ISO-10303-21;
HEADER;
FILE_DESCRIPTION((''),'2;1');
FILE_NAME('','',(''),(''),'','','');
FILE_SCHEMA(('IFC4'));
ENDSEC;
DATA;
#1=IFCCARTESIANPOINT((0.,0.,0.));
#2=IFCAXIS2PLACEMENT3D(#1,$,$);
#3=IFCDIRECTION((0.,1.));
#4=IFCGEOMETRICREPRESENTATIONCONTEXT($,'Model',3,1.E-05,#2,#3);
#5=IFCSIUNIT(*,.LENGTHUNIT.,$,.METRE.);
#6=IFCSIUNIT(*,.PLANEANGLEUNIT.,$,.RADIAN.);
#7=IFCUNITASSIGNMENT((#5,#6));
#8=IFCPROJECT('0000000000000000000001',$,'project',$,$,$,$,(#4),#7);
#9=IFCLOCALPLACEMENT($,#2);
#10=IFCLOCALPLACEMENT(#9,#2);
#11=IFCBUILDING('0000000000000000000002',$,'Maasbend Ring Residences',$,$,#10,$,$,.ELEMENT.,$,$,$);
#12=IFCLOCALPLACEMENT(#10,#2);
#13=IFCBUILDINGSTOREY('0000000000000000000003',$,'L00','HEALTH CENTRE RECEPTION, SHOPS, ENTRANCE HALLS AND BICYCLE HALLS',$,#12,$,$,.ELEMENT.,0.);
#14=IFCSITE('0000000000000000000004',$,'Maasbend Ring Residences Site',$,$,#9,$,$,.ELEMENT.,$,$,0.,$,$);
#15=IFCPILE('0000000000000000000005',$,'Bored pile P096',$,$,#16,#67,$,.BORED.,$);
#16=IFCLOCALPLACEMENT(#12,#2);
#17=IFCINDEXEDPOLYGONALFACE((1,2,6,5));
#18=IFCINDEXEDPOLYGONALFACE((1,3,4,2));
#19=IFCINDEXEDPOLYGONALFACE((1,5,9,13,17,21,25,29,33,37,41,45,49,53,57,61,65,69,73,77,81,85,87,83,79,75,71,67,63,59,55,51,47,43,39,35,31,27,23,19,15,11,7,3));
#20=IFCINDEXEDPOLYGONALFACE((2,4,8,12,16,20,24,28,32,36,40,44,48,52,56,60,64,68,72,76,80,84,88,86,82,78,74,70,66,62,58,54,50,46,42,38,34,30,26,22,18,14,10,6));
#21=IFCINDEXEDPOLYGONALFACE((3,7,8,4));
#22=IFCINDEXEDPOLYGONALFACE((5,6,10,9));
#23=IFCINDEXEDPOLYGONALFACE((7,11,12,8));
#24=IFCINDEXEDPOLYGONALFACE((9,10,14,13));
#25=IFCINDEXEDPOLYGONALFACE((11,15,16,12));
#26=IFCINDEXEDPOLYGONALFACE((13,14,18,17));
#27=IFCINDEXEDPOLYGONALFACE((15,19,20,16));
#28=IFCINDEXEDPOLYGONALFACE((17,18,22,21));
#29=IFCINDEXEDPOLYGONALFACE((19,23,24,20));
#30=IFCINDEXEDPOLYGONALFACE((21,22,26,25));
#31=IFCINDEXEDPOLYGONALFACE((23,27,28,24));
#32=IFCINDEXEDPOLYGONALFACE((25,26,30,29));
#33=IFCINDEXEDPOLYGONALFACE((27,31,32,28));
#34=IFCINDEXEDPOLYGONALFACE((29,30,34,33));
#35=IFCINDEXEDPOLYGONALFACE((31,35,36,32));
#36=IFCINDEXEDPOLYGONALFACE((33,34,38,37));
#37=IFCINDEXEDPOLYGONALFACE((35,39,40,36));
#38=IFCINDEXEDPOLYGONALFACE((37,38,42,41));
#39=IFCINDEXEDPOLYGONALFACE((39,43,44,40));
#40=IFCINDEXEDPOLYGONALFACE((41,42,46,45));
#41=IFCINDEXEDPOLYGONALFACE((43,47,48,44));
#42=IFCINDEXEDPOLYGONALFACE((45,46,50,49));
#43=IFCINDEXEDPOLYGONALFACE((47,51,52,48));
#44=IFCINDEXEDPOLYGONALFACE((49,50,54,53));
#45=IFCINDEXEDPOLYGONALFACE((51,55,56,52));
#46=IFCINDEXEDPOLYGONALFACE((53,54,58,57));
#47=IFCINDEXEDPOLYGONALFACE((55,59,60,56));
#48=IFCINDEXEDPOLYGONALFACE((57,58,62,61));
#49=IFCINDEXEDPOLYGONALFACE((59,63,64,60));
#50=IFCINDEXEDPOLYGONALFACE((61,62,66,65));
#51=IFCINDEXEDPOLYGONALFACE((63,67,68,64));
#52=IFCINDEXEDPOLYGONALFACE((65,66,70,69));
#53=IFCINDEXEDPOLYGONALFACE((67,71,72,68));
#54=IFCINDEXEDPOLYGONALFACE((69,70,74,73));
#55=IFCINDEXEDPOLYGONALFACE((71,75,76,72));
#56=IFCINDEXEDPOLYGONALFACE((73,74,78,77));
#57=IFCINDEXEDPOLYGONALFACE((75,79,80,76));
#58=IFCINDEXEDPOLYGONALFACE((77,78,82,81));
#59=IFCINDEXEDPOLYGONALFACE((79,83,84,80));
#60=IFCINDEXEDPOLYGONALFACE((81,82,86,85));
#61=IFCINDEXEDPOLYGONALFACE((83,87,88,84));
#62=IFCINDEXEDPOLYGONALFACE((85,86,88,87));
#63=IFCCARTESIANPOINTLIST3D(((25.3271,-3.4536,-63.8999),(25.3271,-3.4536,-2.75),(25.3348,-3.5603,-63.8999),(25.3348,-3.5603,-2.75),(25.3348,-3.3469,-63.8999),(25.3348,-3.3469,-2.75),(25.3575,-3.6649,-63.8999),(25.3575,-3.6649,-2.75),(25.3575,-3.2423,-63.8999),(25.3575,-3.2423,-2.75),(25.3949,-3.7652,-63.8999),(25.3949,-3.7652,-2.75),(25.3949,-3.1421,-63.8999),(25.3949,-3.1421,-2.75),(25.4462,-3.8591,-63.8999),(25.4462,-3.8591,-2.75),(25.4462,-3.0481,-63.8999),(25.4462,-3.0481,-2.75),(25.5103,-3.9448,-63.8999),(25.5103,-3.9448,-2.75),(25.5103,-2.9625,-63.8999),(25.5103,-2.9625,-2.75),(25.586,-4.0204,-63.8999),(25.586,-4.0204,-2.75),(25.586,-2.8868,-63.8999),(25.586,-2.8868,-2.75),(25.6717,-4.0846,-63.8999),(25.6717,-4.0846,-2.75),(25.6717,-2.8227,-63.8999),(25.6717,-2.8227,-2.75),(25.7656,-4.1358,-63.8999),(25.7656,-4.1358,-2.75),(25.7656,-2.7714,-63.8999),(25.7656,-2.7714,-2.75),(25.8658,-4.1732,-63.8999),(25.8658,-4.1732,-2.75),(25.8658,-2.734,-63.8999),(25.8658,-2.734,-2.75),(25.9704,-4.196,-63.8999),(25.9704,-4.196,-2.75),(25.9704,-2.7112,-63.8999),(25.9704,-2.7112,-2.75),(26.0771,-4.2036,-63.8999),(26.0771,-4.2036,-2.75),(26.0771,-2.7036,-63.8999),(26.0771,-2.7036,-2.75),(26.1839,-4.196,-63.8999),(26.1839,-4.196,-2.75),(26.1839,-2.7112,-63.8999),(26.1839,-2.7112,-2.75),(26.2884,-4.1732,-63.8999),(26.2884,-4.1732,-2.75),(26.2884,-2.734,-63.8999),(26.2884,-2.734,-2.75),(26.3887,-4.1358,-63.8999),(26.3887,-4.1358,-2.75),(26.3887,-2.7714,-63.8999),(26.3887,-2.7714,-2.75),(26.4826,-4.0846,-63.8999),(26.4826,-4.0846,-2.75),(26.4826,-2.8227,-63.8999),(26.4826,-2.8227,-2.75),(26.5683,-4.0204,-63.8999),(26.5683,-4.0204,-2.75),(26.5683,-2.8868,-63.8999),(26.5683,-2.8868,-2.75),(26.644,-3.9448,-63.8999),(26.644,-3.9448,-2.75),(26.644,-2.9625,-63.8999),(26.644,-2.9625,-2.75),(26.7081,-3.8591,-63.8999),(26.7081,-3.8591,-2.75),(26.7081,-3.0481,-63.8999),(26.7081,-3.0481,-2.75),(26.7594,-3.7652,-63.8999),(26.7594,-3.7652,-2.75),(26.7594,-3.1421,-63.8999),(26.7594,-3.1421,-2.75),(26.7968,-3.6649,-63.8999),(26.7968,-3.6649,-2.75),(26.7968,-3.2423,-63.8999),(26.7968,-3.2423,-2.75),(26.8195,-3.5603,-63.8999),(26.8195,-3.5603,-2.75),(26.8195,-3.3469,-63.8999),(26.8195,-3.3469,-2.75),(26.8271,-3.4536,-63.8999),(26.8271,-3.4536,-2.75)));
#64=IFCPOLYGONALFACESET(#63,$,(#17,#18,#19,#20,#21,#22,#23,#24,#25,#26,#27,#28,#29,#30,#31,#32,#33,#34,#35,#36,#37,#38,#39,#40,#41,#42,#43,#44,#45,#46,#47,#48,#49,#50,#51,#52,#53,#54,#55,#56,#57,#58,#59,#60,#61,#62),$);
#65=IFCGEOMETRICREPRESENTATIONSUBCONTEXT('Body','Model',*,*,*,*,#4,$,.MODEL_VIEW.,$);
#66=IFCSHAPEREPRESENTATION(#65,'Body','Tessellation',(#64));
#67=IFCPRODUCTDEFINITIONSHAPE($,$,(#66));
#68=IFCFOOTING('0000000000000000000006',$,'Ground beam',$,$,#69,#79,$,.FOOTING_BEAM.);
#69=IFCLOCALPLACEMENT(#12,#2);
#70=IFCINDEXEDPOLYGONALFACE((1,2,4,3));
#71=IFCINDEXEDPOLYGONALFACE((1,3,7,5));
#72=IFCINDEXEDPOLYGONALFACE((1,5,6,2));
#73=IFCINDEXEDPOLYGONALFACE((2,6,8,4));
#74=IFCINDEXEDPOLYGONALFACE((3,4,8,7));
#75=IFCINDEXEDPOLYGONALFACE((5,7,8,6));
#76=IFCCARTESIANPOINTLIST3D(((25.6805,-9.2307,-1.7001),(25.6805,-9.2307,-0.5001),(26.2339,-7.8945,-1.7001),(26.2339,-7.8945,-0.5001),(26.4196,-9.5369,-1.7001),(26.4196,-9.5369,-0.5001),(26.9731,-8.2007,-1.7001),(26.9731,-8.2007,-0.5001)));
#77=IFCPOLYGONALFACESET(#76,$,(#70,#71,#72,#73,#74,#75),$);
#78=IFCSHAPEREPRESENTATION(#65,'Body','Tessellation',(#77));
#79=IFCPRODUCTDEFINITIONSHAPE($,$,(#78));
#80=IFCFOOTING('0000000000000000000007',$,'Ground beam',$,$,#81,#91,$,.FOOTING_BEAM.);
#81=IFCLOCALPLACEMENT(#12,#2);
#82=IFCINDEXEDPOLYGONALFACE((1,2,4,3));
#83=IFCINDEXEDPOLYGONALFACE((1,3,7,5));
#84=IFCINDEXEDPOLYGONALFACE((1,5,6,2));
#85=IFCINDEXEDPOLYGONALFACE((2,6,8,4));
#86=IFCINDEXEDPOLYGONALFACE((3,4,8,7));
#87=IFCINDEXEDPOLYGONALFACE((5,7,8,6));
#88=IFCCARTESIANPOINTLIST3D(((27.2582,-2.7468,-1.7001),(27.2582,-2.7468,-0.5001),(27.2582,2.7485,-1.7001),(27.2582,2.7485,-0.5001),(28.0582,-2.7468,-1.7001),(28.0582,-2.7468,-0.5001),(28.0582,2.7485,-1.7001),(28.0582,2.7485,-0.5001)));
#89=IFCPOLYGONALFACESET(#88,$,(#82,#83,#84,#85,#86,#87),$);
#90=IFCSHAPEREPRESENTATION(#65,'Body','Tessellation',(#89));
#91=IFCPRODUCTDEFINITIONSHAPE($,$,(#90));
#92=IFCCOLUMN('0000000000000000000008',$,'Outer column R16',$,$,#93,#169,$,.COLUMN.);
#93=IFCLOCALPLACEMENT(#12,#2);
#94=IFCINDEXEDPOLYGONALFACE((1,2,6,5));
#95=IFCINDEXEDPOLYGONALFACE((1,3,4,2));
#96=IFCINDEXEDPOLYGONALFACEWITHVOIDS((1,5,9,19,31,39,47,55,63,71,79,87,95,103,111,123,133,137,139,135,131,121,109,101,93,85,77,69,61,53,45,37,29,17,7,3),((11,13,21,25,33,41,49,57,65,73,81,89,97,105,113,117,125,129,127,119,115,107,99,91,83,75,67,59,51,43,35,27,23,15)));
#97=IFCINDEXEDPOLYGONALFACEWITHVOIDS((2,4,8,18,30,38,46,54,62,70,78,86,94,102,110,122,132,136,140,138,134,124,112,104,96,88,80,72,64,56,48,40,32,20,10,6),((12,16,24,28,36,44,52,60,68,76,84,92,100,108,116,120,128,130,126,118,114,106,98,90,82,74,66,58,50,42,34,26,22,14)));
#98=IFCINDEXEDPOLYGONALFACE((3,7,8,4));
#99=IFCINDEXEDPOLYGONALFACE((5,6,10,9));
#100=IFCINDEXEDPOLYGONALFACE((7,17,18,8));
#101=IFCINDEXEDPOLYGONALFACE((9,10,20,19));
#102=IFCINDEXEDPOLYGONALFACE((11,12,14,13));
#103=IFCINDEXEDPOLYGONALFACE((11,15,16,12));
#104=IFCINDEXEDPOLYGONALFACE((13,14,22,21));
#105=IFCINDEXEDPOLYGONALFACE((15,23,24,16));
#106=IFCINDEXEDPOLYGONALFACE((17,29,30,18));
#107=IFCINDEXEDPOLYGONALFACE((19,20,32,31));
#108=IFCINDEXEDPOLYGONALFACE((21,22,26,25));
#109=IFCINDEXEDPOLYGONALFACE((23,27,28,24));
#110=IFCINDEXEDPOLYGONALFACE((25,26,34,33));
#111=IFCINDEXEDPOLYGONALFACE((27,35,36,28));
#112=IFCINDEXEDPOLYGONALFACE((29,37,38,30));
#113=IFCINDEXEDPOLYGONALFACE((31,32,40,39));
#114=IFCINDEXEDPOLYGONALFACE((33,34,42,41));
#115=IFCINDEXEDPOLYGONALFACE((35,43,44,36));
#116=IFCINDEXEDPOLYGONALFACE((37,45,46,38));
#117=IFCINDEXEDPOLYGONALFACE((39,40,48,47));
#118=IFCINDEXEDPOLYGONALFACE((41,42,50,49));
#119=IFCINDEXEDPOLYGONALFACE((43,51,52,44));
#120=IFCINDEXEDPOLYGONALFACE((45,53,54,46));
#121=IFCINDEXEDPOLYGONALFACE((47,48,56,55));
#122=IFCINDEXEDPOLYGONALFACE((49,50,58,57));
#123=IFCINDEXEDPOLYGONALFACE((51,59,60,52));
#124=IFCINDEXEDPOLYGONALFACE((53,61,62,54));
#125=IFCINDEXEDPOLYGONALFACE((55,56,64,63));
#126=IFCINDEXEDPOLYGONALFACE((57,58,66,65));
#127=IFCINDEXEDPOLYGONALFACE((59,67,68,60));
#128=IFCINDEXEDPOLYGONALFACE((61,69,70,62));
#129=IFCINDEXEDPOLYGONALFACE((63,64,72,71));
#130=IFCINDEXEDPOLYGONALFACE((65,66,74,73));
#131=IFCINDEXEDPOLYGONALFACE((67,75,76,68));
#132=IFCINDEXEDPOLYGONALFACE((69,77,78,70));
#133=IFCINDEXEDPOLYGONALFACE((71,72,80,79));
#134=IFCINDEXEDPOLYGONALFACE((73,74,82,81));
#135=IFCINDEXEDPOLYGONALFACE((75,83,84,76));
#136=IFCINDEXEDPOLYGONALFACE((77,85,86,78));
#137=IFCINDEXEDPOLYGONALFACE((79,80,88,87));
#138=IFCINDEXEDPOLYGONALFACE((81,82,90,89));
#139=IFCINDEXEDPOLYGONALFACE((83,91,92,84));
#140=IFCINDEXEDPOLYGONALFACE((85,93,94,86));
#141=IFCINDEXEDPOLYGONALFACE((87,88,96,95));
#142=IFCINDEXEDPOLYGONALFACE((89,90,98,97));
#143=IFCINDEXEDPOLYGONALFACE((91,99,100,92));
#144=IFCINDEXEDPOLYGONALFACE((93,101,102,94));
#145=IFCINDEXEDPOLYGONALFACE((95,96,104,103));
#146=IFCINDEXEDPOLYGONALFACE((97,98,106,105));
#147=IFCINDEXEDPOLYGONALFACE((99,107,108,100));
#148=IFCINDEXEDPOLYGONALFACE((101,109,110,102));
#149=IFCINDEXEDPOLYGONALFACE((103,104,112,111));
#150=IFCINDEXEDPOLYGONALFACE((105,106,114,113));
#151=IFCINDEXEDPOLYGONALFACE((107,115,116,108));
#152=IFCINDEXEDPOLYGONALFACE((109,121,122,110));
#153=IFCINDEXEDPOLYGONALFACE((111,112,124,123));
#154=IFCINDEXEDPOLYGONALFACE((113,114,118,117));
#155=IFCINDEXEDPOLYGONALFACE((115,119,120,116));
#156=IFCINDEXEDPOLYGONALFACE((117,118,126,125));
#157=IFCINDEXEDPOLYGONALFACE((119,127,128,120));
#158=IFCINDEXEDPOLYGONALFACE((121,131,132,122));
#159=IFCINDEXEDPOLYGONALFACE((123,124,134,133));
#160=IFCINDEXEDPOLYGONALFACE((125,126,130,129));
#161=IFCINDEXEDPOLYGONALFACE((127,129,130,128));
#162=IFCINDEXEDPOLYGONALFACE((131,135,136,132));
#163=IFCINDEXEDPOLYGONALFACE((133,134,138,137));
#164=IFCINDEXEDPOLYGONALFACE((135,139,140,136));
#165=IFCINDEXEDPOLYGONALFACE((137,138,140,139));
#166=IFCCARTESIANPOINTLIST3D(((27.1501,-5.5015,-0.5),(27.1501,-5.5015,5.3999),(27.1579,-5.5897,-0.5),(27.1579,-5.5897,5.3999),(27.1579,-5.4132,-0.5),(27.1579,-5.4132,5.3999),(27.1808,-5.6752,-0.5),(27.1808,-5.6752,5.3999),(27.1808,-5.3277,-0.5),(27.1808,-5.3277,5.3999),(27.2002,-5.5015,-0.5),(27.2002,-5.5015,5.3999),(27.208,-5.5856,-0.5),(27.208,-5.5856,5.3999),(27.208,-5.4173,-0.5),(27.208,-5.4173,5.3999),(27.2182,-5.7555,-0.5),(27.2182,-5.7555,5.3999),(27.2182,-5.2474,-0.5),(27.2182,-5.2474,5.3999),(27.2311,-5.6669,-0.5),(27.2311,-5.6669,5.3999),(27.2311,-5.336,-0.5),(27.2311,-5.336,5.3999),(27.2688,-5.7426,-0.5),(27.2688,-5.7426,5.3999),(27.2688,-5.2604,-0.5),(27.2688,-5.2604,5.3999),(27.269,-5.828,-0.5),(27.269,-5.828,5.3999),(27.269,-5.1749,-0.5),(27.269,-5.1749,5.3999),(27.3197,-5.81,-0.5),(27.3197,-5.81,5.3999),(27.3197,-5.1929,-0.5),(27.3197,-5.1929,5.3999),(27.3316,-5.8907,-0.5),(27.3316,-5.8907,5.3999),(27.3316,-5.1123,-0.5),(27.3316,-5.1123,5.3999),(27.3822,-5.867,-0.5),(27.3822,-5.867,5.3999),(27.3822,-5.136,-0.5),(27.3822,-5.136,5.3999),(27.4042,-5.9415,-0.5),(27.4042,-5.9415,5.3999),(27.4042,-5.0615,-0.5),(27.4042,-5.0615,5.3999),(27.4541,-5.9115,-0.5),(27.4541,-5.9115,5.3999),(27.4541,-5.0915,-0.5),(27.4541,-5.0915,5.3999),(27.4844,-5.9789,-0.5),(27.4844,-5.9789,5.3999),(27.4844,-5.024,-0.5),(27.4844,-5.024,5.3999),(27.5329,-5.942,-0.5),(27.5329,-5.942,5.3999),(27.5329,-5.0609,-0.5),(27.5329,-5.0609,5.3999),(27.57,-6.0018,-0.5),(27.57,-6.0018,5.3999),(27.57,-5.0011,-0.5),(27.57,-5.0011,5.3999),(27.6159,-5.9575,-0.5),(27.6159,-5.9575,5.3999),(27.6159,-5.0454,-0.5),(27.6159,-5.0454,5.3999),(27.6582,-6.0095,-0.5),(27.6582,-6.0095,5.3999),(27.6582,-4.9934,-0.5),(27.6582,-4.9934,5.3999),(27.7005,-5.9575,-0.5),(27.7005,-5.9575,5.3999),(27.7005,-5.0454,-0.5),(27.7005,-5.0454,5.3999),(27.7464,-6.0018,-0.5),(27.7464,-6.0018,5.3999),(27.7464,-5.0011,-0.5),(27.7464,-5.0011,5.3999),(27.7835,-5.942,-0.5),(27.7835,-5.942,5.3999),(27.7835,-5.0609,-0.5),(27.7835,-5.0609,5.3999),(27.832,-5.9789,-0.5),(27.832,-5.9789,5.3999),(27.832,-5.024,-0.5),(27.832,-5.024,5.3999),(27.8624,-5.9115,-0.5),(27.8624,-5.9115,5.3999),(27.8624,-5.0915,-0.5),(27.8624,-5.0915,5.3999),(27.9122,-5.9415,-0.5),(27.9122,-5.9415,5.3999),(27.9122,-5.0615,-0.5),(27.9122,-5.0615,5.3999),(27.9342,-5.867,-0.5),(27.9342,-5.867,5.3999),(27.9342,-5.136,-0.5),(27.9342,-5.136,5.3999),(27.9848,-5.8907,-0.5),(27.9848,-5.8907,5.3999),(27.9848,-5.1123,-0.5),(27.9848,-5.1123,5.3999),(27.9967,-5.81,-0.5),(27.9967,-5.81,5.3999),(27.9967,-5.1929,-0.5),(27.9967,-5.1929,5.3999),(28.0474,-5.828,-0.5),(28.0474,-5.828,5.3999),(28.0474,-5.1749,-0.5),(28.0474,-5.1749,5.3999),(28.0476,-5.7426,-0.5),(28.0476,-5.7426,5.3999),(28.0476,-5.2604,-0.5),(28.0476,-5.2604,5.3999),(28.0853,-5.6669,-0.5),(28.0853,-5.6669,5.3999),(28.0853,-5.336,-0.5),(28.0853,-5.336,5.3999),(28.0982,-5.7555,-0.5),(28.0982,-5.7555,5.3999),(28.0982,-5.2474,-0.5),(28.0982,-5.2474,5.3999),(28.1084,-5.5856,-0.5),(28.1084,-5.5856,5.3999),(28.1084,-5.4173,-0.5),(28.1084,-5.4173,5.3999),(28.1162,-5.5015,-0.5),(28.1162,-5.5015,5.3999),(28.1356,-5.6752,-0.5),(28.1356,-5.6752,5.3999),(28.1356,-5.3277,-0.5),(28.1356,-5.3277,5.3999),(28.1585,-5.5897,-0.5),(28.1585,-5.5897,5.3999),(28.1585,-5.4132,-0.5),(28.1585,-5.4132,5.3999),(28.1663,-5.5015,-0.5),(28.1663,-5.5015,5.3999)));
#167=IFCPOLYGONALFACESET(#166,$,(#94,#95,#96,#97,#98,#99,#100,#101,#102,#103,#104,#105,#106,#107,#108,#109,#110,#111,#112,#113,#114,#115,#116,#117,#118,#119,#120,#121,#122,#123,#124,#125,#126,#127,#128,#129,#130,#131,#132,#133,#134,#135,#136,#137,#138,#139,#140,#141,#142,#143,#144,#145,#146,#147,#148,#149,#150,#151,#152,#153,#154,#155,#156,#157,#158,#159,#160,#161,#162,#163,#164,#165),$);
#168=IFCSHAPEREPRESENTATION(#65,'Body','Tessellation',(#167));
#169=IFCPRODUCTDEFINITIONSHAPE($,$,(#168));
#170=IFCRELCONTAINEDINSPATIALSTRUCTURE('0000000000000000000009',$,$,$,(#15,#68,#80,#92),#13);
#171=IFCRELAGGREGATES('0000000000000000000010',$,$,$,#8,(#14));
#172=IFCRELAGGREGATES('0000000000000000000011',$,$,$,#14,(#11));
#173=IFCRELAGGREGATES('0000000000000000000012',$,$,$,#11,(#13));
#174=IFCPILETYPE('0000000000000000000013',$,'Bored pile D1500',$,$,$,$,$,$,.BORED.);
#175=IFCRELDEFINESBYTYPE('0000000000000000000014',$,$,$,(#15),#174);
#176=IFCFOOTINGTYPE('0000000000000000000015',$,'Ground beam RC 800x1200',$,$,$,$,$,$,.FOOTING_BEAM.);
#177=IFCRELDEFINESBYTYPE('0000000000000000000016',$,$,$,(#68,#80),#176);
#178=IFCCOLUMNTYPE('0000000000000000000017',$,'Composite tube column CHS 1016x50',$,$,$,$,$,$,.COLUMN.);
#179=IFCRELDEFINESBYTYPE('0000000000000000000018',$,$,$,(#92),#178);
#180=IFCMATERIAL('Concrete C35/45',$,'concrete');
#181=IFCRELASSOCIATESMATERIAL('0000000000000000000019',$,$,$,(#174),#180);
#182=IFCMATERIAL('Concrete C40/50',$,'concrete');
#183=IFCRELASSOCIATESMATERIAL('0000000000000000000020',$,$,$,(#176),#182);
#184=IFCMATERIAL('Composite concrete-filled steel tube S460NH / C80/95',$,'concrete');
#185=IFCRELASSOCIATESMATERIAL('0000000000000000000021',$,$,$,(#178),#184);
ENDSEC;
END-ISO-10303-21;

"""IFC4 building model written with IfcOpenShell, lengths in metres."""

from ifc_helpers import new_model, si_unit, direction, frame, origin, origin_2d, place, context, subcontext, project, spatial, rectangle, circle, hollow_circle, extrude, material, material_profile, profile_set, type_object, element, save


model = new_model("IFC4")

# Units and contexts
model_context = context("Model", 3, precision=1e-05, world=origin(), true_north=direction((0.0, 1.0)))
body_context = subcontext(model_context, "Body", "Model", "MODEL_VIEW")
ifc_project = project(units=[si_unit("LENGTHUNIT", "METRE"), si_unit("PLANEANGLEUNIT", "RADIAN")], contexts=[model_context])

# Site, building, storey
site_placement = place(None, origin())
site = spatial("IfcSite", under=ifc_project, at=site_placement, Name="Maasbend Ring Residences Site", CompositionType="ELEMENT", RefElevation=0.0)
building_placement = place(site_placement, origin())
building = spatial("IfcBuilding", under=site, at=building_placement, Name="Maasbend Ring Residences", CompositionType="ELEMENT")
storey_placement = place(building_placement, origin())
storey = spatial("IfcBuildingStorey", under=building, at=storey_placement, Name="L00", Description="HEALTH CENTRE RECEPTION, SHOPS, ENTRANCE HALLS AND BICYCLE HALLS", CompositionType="ELEMENT", Elevation=0.0)

# Pile
ifc_material_1 = material(Name="Concrete C35/45", Category="concrete")
ifc_material_profile_1 = material_profile(ifc_material_1, circle(Radius=0.75, at=origin_2d()), Name="Bored pile D1500")
ifc_profile_set_1 = profile_set([ifc_material_profile_1], Name="Concrete C35/45")
pile_type = type_object("IfcPileType", Name="Bored pile D1500", PredefinedType="BORED", material=ifc_profile_set_1)
for number, where, z_axis, x_axis, name in (
    (1, (26.0771, -3.4536, -2.75), (0.0, 0.0, -1.0), (1.0, 0.0, 0.0), "Bored pile P096"),
):
    element("IfcPile", number, at=place(storey_placement, frame(where, z_axis=z_axis, x_axis=x_axis)), inside=storey, type_object=pile_type, Name=name, PredefinedType="BORED", context=body_context, shape_type="SweptSolid", body=[
        extrude(circle(Radius=0.75, at=origin_2d()), origin(), (0.0, 0.0, 1.0), 61.1499),
    ])

# Footings
ifc_material_2 = material(Name="Concrete C40/50", Category="concrete")
ifc_material_profile_2 = material_profile(ifc_material_2, rectangle(XDim=0.8, YDim=1.2, at=origin_2d()), Name="Ground beam RC 800x1200")
ifc_profile_set_2 = profile_set([ifc_material_profile_2], Name="Concrete C40/50")
footing_type = type_object("IfcFootingType", Name="Ground beam RC 800x1200", PredefinedType="FOOTING_BEAM", material=ifc_profile_set_2)
footing_1_placement = place(storey_placement, frame((26.05, -9.3838, -1.1001), z_axis=(0.382685, 0.923879, 0.0), x_axis=(-0.923879, 0.382685, 0.0)))
element("IfcFooting", 2, at=footing_1_placement, inside=storey, type_object=footing_type, Name="Ground beam", PredefinedType="FOOTING_BEAM", context=body_context, shape_type="SweptSolid", body=[
    extrude(rectangle(XDim=0.8, YDim=1.2, at=origin_2d()), origin(), (0.0, 0.0, 1.0), 1.4463),
])
footing_2_placement = place(storey_placement, frame((27.6582, -2.7468, -1.1001), z_axis=(0.0, 1.0, 0.0), x_axis=(-1.0, 0.0, 0.0)))
element("IfcFooting", 3, at=footing_2_placement, inside=storey, type_object=footing_type, Name="Ground beam", PredefinedType="FOOTING_BEAM", context=body_context, shape_type="SweptSolid", body=[
    extrude(rectangle(XDim=0.8, YDim=1.2, at=origin_2d()), origin(), (0.0, 0.0, 1.0), 5.4954),
])

# Column
ifc_material_3 = material(Name="Composite concrete-filled steel tube S460NH / C80/95", Category="concrete")
ifc_material_profile_3 = material_profile(ifc_material_3, hollow_circle(Radius=0.5081, WallThickness=0.05, at=origin_2d()), Name="Composite tube column CHS 1016x50")
ifc_profile_set_3 = profile_set([ifc_material_profile_3], Name="Composite concrete-filled steel tube S460NH / C80/95")
column_type = type_object("IfcColumnType", Name="Composite tube column CHS 1016x50", PredefinedType="COLUMN", material=ifc_profile_set_3)
column_placement = place(storey_placement, frame((27.6582, -5.5015, -0.5), z_axis=(0.0, 0.0, 1.0), x_axis=(1.0, 0.0, 0.0)))
element("IfcColumn", 4, at=column_placement, inside=storey, type_object=column_type, Name="Outer column R16", PredefinedType="COLUMN", context=body_context, shape_type="SweptSolid", body=[
    extrude(hollow_circle(Radius=0.5081, WallThickness=0.05, at=origin_2d()), origin(), (0.0, 0.0, 1.0), 5.8999),
])

save(model, "model.ifc")
